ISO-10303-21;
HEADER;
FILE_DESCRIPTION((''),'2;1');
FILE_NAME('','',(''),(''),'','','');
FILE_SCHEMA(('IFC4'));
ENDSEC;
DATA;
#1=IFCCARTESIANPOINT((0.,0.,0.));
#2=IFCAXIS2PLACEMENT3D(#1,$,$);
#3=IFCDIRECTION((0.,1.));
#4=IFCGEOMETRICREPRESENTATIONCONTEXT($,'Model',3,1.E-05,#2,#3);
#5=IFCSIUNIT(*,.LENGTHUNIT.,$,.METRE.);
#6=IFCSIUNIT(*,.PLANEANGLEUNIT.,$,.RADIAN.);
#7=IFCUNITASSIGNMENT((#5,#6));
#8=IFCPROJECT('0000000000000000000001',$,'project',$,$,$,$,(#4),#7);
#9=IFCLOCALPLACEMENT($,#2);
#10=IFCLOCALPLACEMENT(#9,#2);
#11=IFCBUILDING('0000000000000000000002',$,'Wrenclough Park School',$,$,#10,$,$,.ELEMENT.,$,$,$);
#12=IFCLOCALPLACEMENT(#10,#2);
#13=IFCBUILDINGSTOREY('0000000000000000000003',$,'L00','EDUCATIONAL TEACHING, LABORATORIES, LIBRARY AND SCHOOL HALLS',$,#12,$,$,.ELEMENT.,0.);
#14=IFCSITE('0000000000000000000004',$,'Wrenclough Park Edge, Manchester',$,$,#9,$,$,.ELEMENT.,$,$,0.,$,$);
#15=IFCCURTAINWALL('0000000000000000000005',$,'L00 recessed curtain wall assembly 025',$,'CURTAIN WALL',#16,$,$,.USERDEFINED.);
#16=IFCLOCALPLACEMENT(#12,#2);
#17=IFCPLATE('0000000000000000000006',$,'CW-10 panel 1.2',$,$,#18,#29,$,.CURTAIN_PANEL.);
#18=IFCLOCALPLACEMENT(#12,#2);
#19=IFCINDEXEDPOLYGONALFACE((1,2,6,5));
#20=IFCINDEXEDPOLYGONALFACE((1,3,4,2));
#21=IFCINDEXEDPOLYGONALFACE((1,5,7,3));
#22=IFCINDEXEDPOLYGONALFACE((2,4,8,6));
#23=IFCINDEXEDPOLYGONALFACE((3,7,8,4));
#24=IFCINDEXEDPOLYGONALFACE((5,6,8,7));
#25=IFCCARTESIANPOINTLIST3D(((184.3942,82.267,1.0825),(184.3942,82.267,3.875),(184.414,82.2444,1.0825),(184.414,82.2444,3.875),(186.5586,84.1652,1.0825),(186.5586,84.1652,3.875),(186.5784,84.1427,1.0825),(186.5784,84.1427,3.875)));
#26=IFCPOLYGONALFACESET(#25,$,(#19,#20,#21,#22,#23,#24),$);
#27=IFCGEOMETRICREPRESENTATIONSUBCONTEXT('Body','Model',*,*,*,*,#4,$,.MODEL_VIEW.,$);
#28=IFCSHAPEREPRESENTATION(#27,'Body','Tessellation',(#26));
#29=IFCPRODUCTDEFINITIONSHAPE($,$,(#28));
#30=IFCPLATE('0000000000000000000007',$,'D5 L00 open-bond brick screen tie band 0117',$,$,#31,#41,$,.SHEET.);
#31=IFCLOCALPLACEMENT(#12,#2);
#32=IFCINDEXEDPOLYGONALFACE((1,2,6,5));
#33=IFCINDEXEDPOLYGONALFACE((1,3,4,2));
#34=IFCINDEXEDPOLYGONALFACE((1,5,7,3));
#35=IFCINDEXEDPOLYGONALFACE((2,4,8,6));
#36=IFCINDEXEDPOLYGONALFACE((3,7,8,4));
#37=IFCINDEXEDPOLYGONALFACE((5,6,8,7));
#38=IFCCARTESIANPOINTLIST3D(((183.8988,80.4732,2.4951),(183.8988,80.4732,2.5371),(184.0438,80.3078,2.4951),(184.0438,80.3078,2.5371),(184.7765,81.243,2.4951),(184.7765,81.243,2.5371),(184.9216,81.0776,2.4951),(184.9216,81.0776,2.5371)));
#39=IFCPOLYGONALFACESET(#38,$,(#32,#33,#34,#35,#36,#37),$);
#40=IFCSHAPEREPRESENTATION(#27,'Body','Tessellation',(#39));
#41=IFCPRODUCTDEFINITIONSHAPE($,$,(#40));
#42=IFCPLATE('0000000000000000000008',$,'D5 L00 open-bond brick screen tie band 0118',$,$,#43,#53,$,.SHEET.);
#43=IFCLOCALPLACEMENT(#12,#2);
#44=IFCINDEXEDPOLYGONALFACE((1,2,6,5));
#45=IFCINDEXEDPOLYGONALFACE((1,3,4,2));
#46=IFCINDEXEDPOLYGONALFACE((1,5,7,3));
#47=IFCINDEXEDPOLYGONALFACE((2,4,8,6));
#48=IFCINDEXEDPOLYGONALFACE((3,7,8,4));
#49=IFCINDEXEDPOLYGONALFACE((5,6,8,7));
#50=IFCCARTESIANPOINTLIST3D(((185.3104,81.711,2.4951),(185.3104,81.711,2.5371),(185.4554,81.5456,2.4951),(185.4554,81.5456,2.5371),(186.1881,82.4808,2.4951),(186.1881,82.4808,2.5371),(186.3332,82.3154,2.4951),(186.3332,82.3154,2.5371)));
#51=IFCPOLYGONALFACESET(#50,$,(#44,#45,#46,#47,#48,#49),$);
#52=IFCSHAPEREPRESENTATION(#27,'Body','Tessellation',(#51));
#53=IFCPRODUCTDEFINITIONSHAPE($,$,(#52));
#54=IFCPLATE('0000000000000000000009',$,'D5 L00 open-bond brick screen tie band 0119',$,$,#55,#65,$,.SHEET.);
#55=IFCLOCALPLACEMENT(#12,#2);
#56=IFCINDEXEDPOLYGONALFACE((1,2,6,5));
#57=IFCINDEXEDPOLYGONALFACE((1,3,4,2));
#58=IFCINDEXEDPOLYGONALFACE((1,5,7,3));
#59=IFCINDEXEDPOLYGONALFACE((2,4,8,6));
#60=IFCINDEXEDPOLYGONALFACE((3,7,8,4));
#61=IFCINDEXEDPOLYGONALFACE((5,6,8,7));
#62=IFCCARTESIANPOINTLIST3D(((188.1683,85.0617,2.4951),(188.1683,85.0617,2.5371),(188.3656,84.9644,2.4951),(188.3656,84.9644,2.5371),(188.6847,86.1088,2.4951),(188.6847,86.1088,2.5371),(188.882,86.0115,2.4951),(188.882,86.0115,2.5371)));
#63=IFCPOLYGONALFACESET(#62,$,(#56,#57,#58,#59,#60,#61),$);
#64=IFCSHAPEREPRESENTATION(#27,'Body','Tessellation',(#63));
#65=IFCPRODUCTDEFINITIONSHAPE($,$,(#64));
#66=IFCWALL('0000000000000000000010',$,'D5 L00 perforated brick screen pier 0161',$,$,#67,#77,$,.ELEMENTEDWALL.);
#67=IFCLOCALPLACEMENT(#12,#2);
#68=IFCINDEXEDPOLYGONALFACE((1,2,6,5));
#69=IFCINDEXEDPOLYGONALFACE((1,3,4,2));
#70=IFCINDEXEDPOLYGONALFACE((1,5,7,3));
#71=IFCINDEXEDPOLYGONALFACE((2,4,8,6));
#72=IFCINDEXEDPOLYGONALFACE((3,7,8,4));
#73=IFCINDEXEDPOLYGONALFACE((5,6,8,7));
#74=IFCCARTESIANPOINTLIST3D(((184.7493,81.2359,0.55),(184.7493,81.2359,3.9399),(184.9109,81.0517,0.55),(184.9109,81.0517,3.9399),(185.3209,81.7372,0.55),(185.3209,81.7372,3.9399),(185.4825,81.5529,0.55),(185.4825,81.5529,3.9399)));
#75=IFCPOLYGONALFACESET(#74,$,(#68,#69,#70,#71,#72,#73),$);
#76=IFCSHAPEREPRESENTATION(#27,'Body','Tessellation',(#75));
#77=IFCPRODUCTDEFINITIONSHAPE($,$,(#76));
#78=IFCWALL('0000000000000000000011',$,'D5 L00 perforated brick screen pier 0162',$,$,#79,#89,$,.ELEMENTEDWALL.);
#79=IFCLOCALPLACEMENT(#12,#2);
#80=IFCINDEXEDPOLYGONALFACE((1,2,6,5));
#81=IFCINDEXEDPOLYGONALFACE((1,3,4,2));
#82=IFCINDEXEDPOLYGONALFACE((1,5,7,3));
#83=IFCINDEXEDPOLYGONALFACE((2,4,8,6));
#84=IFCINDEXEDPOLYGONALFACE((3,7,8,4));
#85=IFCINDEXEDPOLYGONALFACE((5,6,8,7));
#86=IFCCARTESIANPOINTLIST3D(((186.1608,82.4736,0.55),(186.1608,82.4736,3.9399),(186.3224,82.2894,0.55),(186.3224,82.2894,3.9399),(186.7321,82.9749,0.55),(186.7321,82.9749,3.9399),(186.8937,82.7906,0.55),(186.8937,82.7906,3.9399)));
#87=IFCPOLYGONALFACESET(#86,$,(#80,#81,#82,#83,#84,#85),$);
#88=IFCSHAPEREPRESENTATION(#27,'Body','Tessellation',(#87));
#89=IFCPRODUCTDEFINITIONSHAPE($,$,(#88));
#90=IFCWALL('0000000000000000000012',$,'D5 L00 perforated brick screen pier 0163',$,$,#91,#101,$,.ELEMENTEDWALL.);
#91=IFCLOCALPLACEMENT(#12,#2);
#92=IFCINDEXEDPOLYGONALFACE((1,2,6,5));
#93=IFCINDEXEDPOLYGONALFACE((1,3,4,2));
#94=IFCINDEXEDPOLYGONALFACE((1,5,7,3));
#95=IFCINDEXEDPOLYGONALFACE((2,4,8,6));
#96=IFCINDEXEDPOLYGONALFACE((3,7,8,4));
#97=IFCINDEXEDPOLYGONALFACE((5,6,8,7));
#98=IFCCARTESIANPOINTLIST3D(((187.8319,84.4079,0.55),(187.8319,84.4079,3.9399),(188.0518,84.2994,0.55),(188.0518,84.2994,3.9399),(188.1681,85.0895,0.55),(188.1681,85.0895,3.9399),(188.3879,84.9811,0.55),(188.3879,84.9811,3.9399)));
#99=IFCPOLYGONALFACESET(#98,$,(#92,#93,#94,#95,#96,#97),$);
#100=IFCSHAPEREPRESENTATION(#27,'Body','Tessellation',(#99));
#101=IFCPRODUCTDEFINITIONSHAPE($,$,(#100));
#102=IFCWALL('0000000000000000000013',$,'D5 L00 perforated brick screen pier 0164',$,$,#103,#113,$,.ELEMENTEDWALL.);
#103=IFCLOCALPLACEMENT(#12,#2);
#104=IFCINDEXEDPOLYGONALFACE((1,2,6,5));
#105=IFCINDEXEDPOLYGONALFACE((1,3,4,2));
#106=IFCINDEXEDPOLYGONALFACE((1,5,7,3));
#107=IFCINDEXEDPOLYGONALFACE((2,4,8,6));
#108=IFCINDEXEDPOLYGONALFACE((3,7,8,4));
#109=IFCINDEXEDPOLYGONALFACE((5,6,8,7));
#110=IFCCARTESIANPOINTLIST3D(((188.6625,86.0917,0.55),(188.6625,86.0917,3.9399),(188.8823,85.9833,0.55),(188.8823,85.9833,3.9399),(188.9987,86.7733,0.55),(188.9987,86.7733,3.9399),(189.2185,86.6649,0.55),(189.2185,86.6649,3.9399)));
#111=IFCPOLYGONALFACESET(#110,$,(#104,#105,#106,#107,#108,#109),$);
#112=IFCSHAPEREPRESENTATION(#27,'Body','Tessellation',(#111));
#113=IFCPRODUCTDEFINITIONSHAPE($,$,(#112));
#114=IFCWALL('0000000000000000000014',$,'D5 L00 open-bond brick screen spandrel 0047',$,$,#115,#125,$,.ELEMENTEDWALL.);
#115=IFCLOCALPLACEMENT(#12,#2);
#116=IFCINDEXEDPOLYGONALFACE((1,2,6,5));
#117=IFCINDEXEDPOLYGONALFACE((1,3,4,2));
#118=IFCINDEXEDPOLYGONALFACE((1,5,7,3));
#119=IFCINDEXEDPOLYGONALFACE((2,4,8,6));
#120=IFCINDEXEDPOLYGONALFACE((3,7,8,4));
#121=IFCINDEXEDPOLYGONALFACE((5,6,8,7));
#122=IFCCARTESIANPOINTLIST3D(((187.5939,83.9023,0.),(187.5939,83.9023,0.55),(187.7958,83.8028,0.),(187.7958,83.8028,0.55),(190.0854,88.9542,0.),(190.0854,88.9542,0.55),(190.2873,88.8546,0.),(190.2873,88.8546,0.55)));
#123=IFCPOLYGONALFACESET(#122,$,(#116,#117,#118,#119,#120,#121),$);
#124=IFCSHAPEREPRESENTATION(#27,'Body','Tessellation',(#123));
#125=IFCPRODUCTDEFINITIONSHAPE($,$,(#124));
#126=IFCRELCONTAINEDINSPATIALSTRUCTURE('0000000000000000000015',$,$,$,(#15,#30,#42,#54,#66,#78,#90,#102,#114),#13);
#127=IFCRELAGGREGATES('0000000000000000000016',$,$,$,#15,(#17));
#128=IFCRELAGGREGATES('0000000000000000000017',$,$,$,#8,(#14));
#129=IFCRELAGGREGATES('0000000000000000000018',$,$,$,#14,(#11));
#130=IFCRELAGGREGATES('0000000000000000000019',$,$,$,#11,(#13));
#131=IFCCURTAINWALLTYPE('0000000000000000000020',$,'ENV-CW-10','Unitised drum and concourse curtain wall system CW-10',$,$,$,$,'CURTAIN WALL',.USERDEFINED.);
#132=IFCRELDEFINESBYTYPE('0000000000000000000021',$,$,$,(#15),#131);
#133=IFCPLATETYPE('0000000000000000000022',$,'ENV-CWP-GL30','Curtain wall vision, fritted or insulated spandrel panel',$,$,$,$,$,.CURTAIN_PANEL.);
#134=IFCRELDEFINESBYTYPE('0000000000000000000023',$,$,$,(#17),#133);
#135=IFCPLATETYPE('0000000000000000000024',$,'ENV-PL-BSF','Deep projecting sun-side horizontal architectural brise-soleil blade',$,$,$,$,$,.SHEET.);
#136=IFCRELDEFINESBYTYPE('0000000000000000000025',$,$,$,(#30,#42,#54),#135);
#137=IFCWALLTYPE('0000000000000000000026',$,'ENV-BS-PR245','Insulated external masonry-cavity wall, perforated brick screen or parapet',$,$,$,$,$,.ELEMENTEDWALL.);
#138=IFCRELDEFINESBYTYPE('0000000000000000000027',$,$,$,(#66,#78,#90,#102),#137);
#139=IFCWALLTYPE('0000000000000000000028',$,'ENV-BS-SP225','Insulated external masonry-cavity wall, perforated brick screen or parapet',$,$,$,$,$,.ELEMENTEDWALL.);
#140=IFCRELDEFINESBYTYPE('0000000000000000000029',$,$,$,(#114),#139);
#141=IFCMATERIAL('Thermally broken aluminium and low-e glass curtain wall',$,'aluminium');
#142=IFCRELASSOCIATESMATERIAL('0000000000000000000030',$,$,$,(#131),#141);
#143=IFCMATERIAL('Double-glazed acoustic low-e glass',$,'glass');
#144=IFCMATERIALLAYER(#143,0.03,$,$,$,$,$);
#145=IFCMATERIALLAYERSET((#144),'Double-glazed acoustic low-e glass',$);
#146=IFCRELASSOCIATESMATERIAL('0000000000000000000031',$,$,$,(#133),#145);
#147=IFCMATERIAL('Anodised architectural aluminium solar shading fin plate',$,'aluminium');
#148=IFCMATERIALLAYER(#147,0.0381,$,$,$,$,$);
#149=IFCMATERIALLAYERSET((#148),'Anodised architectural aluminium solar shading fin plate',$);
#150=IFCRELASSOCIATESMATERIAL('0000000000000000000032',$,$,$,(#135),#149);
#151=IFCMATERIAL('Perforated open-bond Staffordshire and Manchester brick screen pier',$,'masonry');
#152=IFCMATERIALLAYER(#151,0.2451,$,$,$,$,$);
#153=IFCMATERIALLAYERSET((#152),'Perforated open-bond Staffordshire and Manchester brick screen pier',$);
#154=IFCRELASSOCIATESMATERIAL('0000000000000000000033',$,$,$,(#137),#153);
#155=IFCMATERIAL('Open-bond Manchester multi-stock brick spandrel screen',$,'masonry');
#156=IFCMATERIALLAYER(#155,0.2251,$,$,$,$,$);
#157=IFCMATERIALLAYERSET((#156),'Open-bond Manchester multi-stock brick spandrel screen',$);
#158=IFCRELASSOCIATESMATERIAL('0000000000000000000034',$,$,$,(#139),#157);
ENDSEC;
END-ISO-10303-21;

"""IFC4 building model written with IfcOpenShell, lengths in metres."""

from ifc_helpers import new_model, si_unit, direction, frame, frame_2d, origin, origin_2d, place, context, subcontext, project, spatial, rectangle, extrude, material, layer, layer_set, type_object, element, aggregate, save


model = new_model("IFC4")

# Units and contexts
model_context = context("Model", 3, precision=1e-05, world=origin(), true_north=direction((0.0, 1.0)))
body_context = subcontext(model_context, "Body", "Model", "MODEL_VIEW")
ifc_project = project(units=[si_unit("LENGTHUNIT", "METRE"), si_unit("PLANEANGLEUNIT", "RADIAN")], contexts=[model_context])

# Site, building, storey
site_placement = place(None, origin())
site = spatial("IfcSite", under=ifc_project, at=site_placement, Name="Wrenclough Park Edge, Manchester", CompositionType="ELEMENT", RefElevation=0.0)
building_placement = place(site_placement, origin())
building = spatial("IfcBuilding", under=site, at=building_placement, Name="Wrenclough Park School", CompositionType="ELEMENT")
storey_placement = place(building_placement, origin())
storey = spatial("IfcBuildingStorey", under=building, at=storey_placement, Name="L00", Description="EDUCATIONAL TEACHING, LABORATORIES, LIBRARY AND SCHOOL HALLS", CompositionType="ELEMENT", Elevation=0.0)

# Curtain wall
ifc_material_1 = material(Name="Thermally broken aluminium and low-e glass curtain wall", Category="aluminium")
curtain_wall_type = type_object("IfcCurtainWallType", Name="ENV-CW-10", Description="Unitised drum and concourse curtain wall system CW-10", ElementType="CURTAIN WALL", PredefinedType="USERDEFINED", material=ifc_material_1)
curtain_wall_placement = place(storey_placement, origin())
curtain_wall = element("IfcCurtainWall", 1, at=curtain_wall_placement, inside=storey, type_object=curtain_wall_type, Name="L00 recessed curtain wall assembly 025", ObjectType="CURTAIN WALL", PredefinedType="USERDEFINED")

# Plate
ifc_material_2 = material(Name="Double-glazed acoustic low-e glass", Category="glass")
ifc_layer_1 = layer(ifc_material_2, 0.03)
ifc_layer_set_1 = layer_set([ifc_layer_1], Name="Double-glazed acoustic low-e glass")
plate_type_1 = type_object("IfcPlateType", Name="ENV-CWP-GL30", Description="Curtain wall vision, fritted or insulated spandrel panel", PredefinedType="CURTAIN_PANEL", material=ifc_layer_set_1)
plate_1_placement = place(storey_placement, frame((185.4863, 83.2048, 1.0825), z_axis=(0.0, 0.0, 1.0), x_axis=(-0.751823, -0.659365, 0.0)))
plate_1 = element("IfcPlate", 2, at=plate_1_placement, type_object=plate_type_1, Name="CW-10 panel 1.2", PredefinedType="CURTAIN_PANEL", context=body_context, shape_type="SweptSolid", body=[
    extrude(rectangle(XDim=2.8789, YDim=0.03, at=origin_2d()), origin(), (0.0, 0.0, 1.0), 2.7925),
])
aggregate(curtain_wall, [plate_1])

# Plates
ifc_material_3 = material(Name="Anodised architectural aluminium solar shading fin plate", Category="aluminium")
ifc_layer_2 = layer(ifc_material_3, 0.0381)
ifc_layer_set_2 = layer_set([ifc_layer_2], Name="Anodised architectural aluminium solar shading fin plate")
plate_type_2 = type_object("IfcPlateType", Name="ENV-PL-BSF", Description="Deep projecting sun-side horizontal architectural brise-soleil blade", PredefinedType="SHEET", material=ifc_layer_set_2)
for number, where, z_axis, x_axis, name in (
    (3, (184.4102, 80.7754, 2.4951), (0.0, 0.0, 1.0), (0.751837, 0.659349, 0.0), "D5 L00 open-bond brick screen tie band 0117"),
    (4, (185.8218, 82.0132, 2.4951), (0.0, 0.0, 1.0), (0.751837, 0.659349, 0.0), "D5 L00 open-bond brick screen tie band 0118"),
    (5, (188.5251, 85.5366, 2.4951), (0.0, 0.0, 1.0), (0.4423, 0.896867, 0.0), "D5 L00 open-bond brick screen tie band 0119"),
):
    element("IfcPlate", number, at=place(storey_placement, frame(where, z_axis=z_axis, x_axis=x_axis)), inside=storey, type_object=plate_type_2, Name=name, PredefinedType="SHEET", context=body_context, shape_type="SweptSolid", body=[
        extrude(rectangle(XDim=1.1675, YDim=0.22, at=origin_2d()), origin(), (0.0, 0.0, 1.0), 0.042),
    ])

# Walls
ifc_material_4 = material(Name="Perforated open-bond Staffordshire and Manchester brick screen pier", Category="masonry")
ifc_layer_3 = layer(ifc_material_4, 0.2451)
ifc_layer_set_3 = layer_set([ifc_layer_3], Name="Perforated open-bond Staffordshire and Manchester brick screen pier")
wall_type_1 = type_object("IfcWallType", Name="ENV-BS-PR245", Description="Insulated external masonry-cavity wall, perforated brick screen or parapet", PredefinedType="ELEMENTEDWALL", material=ifc_layer_set_3)
wall_1_placement = place(storey_placement, frame((184.8301, 81.1438, 0.55), z_axis=(0.0, 0.0, 1.0), x_axis=(0.75184, 0.659345, 0.0)))
element("IfcWall", 6, at=wall_1_placement, inside=storey, type_object=wall_type_1, Name="D5 L00 perforated brick screen pier 0161", PredefinedType="ELEMENTEDWALL", context=body_context, shape_type="SweptSolid", body=[
    extrude(rectangle(XDim=0.7603, YDim=0.2451, at=frame_2d((0.3801, 0.0))), origin(), (0.0, 0.0, 1.0), 3.3899),
])
for number, where, z_axis, x_axis, name in (
    (7, (186.2417, 82.3816, 0.55), (0.0, 0.0, 1.0), (0.7517, 0.659505, 0.0), "D5 L00 perforated brick screen pier 0162"),
    (8, (187.9419, 84.3538, 0.55), (0.0, 0.0, 1.0), (0.442324, 0.896855, 0.0), "D5 L00 perforated brick screen pier 0163"),
    (9, (188.7725, 86.0376, 0.55), (0.0, 0.0, 1.0), (0.442324, 0.896855, 0.0), "D5 L00 perforated brick screen pier 0164"),
):
    element("IfcWall", number, at=place(storey_placement, frame(where, z_axis=z_axis, x_axis=x_axis)), inside=storey, type_object=wall_type_1, Name=name, PredefinedType="ELEMENTEDWALL", context=body_context, shape_type="SweptSolid", body=[
        extrude(rectangle(XDim=0.76, YDim=0.2451, at=frame_2d((0.3799, 0.0))), origin(), (0.0, 0.0, 1.0), 3.3899),
    ])
ifc_material_5 = material(Name="Open-bond Manchester multi-stock brick spandrel screen", Category="masonry")
ifc_layer_4 = layer(ifc_material_5, 0.2251)
ifc_layer_set_4 = layer_set([ifc_layer_4], Name="Open-bond Manchester multi-stock brick spandrel screen")
wall_type_2 = type_object("IfcWallType", Name="ENV-BS-SP225", Description="Insulated external masonry-cavity wall, perforated brick screen or parapet", PredefinedType="ELEMENTEDWALL", material=ifc_layer_set_4)
wall_2_placement = place(storey_placement, frame((187.6948, 83.8525, 0.0), z_axis=(0.0, 0.0, 1.0), x_axis=(0.442318, 0.896858, 0.0)))
element("IfcWall", 10, at=wall_2_placement, inside=storey, type_object=wall_type_2, Name="D5 L00 open-bond brick screen spandrel 0047", PredefinedType="ELEMENTEDWALL", context=body_context, shape_type="SweptSolid", body=[
    extrude(rectangle(XDim=5.6328, YDim=0.2251, at=frame_2d((2.8164, 0.0))), origin(), (0.0, 0.0, 1.0), 0.55),
])

save(model, "model.ifc")
